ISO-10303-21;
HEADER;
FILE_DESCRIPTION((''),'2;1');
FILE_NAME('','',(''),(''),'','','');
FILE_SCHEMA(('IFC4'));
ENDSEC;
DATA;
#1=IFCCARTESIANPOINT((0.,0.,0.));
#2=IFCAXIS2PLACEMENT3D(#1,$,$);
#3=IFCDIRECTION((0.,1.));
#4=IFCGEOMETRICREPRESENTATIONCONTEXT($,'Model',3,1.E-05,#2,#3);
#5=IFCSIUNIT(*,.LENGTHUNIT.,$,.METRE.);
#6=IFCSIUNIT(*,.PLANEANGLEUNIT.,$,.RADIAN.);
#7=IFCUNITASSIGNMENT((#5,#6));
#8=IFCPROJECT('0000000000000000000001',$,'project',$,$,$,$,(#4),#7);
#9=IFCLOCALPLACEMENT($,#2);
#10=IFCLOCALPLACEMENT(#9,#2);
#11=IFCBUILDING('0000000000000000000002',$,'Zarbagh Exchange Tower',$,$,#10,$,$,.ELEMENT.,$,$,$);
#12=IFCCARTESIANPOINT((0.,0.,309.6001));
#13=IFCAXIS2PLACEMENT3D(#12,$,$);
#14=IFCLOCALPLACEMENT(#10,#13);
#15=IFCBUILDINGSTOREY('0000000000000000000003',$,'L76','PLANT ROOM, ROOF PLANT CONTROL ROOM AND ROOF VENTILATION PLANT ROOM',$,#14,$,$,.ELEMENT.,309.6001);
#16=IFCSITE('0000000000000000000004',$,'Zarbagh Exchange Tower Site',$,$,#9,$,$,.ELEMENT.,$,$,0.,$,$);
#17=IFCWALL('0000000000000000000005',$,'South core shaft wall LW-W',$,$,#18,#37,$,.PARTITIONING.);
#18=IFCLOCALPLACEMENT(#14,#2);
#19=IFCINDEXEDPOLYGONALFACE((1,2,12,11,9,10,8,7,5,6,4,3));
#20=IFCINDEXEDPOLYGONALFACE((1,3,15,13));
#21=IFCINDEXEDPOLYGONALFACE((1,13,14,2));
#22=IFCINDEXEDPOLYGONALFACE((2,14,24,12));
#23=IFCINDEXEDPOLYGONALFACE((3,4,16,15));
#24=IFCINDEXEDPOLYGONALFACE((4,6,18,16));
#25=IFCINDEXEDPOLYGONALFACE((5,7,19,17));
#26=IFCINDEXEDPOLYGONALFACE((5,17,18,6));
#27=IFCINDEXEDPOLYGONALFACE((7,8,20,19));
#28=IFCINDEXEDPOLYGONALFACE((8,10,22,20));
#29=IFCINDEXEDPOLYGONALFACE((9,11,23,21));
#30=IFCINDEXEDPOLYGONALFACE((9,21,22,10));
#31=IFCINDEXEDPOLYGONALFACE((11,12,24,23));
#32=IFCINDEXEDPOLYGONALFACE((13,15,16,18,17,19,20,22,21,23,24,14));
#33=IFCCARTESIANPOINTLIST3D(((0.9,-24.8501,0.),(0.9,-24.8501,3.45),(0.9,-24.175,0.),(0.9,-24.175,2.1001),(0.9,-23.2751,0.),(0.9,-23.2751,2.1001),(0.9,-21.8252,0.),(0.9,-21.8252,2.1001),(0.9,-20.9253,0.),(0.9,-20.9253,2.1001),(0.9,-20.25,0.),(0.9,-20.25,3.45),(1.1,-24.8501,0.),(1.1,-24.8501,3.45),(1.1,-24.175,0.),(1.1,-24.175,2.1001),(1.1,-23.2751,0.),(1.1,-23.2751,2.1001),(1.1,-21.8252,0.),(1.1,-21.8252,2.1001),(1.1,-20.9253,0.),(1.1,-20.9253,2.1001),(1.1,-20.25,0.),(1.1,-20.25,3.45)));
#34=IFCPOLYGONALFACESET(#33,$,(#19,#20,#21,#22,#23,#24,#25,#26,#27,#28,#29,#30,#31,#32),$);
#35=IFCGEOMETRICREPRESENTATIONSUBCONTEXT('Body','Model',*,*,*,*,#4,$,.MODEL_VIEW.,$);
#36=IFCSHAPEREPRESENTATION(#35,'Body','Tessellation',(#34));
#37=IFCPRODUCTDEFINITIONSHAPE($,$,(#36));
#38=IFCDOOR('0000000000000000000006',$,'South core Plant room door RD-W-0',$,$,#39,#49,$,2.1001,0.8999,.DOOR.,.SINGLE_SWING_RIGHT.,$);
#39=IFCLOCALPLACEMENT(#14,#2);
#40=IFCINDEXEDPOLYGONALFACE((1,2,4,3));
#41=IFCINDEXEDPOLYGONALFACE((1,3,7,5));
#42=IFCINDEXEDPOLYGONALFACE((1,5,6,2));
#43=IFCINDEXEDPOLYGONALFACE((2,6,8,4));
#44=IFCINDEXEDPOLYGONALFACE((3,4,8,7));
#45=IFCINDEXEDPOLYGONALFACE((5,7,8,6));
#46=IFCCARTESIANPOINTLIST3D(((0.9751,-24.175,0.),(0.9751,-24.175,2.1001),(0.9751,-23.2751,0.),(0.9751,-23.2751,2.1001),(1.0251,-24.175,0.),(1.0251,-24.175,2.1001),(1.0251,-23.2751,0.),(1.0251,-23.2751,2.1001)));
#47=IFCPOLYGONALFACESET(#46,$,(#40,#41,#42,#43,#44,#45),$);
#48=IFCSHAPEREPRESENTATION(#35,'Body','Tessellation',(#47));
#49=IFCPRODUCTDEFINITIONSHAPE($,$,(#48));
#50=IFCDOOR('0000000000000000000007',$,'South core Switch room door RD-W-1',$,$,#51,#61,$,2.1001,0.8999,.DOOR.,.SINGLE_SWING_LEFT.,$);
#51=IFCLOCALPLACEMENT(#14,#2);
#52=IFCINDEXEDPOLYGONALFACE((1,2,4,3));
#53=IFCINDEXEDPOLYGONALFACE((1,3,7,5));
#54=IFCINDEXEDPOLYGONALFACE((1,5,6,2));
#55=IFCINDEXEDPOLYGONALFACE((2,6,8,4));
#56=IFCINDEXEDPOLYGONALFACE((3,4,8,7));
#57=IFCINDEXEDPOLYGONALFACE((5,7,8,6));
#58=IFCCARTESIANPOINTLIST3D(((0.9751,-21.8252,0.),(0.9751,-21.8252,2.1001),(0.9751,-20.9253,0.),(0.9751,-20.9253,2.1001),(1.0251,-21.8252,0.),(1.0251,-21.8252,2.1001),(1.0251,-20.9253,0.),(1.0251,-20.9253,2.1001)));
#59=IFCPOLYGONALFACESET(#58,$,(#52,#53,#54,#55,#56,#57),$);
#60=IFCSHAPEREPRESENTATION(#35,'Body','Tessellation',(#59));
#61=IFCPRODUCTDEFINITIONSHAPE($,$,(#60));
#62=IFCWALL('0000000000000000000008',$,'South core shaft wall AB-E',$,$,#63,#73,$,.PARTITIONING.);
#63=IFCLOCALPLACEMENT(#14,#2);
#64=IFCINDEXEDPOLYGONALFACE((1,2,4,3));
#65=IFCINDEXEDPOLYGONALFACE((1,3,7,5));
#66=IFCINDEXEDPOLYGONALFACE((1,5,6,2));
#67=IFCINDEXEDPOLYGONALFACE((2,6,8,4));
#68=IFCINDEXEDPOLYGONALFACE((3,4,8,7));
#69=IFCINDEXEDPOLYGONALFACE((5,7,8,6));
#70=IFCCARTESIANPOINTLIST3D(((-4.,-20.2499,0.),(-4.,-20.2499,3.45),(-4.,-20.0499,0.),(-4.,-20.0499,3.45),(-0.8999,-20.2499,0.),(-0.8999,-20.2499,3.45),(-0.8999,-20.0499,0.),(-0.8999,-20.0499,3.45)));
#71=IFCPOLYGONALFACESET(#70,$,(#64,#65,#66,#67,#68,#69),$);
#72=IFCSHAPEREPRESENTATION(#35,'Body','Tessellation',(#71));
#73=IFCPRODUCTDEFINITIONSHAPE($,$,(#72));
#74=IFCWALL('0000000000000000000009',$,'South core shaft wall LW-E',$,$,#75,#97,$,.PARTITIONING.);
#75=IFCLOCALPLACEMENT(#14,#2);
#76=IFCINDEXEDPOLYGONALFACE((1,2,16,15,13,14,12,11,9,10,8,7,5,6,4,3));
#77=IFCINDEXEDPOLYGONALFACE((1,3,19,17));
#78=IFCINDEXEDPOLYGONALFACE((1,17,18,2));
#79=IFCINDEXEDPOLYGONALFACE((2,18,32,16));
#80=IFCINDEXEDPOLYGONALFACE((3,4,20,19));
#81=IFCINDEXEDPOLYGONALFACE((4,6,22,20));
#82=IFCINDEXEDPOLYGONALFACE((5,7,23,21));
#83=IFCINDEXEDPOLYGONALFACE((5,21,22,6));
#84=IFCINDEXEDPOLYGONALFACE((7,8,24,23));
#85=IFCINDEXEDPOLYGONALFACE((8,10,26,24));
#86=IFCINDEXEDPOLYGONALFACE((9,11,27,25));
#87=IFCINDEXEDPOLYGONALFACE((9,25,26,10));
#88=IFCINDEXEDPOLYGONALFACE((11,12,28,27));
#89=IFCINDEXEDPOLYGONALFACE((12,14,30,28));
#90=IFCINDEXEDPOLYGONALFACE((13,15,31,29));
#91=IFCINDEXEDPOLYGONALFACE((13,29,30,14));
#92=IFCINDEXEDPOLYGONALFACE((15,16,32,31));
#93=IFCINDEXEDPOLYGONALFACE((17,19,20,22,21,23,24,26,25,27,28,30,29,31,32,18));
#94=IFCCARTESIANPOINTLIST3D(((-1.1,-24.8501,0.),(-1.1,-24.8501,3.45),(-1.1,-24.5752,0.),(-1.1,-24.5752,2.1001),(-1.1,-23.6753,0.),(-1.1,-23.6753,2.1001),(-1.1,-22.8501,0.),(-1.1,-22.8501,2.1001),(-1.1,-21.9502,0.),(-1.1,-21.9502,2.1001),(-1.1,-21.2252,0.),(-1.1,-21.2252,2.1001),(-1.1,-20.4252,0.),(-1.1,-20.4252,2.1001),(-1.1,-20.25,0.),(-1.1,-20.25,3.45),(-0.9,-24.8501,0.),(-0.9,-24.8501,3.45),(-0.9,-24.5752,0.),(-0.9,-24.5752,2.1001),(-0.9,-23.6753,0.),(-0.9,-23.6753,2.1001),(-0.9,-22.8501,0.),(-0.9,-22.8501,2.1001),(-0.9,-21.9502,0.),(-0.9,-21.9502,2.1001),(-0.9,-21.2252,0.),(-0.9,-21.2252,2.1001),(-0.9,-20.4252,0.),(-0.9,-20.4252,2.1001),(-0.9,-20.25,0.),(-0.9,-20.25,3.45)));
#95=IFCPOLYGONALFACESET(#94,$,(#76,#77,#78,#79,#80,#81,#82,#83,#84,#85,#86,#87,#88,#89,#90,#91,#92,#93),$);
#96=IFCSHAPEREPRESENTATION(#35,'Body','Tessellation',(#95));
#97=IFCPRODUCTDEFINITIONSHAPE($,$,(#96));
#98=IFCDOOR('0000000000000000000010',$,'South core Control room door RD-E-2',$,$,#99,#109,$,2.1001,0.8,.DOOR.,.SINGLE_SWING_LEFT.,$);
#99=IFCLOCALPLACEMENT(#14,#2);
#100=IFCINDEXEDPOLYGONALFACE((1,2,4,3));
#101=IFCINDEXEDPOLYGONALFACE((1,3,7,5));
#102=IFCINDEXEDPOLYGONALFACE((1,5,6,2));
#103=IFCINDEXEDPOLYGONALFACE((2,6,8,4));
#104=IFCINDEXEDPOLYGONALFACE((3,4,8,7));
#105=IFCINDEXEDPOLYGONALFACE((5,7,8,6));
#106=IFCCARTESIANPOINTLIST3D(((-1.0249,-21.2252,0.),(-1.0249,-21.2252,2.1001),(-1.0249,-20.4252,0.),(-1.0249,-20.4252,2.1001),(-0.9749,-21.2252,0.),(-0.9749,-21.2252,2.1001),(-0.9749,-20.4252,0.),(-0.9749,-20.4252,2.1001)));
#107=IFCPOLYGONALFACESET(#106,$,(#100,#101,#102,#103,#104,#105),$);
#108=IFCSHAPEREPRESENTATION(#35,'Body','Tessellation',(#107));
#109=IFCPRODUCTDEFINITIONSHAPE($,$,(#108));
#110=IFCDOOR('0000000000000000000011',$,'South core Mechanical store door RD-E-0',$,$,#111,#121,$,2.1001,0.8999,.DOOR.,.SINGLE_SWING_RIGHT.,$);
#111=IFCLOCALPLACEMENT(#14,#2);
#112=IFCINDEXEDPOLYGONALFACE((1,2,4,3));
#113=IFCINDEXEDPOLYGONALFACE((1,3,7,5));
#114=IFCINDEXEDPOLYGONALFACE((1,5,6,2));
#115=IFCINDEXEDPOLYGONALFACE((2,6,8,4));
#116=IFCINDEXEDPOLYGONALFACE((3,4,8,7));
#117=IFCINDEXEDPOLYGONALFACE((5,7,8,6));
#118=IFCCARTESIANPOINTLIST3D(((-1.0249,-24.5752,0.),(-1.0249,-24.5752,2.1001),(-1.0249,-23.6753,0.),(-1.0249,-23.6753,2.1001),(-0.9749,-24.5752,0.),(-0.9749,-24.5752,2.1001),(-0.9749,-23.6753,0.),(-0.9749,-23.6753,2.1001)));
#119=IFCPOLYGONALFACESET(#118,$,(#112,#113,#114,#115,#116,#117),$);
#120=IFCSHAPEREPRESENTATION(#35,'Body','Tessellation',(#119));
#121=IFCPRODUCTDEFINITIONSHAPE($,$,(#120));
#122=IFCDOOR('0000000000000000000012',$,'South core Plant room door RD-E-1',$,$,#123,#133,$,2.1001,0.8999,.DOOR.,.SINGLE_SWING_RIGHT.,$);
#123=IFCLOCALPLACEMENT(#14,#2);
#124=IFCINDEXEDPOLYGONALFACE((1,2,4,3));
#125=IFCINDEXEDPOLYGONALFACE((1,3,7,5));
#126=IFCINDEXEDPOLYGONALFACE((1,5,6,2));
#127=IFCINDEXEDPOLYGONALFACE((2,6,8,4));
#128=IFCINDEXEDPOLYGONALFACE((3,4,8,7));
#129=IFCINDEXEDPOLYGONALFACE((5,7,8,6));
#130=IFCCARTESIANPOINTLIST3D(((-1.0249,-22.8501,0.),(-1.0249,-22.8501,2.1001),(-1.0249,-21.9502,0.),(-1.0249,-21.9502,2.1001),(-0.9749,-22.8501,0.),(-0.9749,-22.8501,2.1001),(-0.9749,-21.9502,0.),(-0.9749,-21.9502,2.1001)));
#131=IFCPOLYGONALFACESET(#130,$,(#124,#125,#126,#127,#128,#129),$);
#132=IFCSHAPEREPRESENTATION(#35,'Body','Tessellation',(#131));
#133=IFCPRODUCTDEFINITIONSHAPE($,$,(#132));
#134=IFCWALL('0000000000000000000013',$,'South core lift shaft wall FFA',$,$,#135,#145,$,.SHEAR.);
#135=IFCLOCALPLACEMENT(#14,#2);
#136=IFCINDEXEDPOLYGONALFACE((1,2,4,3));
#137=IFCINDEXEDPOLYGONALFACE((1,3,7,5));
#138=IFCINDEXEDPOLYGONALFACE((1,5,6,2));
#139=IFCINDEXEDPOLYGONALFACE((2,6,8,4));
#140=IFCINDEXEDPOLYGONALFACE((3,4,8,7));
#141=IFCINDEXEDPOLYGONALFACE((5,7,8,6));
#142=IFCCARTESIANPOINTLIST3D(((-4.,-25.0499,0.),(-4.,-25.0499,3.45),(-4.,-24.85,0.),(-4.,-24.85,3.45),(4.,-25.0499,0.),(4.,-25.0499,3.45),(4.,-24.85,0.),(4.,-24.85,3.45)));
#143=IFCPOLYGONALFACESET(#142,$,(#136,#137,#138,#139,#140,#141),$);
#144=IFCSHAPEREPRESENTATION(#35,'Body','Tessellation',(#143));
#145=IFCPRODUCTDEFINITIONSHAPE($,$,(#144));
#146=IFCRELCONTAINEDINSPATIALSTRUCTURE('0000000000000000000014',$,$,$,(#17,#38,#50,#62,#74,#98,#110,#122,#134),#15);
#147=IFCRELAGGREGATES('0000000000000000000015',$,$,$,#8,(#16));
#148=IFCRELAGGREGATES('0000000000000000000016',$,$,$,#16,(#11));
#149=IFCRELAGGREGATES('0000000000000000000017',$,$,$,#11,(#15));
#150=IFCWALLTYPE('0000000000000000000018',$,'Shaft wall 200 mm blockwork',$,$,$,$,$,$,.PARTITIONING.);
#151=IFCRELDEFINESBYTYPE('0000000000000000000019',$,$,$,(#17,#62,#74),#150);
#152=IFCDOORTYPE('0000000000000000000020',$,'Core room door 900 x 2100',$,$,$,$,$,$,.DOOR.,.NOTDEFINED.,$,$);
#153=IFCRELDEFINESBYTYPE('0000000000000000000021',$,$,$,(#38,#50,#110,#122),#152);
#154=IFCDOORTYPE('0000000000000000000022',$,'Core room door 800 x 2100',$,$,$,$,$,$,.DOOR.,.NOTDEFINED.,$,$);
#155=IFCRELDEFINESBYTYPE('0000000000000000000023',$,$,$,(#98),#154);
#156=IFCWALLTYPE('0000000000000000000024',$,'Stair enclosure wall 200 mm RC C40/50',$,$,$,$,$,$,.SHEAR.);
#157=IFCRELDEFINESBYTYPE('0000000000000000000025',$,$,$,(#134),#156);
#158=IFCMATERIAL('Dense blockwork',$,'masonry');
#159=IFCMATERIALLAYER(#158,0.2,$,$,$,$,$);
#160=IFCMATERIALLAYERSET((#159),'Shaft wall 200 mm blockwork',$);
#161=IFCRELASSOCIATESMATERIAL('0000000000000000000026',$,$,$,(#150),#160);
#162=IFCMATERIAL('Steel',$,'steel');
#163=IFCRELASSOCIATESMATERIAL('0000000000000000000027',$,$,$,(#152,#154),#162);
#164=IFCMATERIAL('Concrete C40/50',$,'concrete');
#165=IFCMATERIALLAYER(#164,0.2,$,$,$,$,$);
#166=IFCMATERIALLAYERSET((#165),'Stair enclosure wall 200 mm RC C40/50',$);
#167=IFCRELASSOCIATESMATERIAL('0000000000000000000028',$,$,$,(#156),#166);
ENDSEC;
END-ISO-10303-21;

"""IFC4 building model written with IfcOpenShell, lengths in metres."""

from ifc_helpers import new_model, si_unit, direction, frame, frame_2d, origin, place, context, subcontext, project, spatial, rectangle, extrude, material, layer, layer_set, type_object, element, fill, save


model = new_model("IFC4")

# Units and contexts
model_context = context("Model", 3, precision=1e-05, world=origin(), true_north=direction((0.0, 1.0)))
body_context = subcontext(model_context, "Body", "Model", "MODEL_VIEW")
ifc_project = project(units=[si_unit("LENGTHUNIT", "METRE"), si_unit("PLANEANGLEUNIT", "RADIAN")], contexts=[model_context])

# Site, building, storey
site_placement = place(None, origin())
site = spatial("IfcSite", under=ifc_project, at=site_placement, Name="Zarbagh Exchange Tower Site", CompositionType="ELEMENT", RefElevation=0.0)
building_placement = place(site_placement, origin())
building = spatial("IfcBuilding", under=site, at=building_placement, Name="Zarbagh Exchange Tower", CompositionType="ELEMENT")
storey_placement = place(building_placement, frame((0.0, 0.0, 309.6001)))
storey = spatial("IfcBuildingStorey", under=building, at=storey_placement, Name="L76", Description="PLANT ROOM, ROOF PLANT CONTROL ROOM AND ROOF VENTILATION PLANT ROOM", CompositionType="ELEMENT", Elevation=309.6001)

# Shared definitions
ifc_material_1 = material(Name="Concrete C40/50", Category="concrete")

# Shared definitions
ifc_material_2 = material(Name="Dense blockwork", Category="masonry")
ifc_layer_1 = layer(ifc_material_2, 0.2)
ifc_layer_set_1 = layer_set([ifc_layer_1], Name="Shaft wall 200 mm blockwork")
wall_type_1 = type_object("IfcWallType", Name="Shaft wall 200 mm blockwork", PredefinedType="PARTITIONING", material=ifc_layer_set_1)

# Wall, openings, doors
wall_1_placement = place(storey_placement, frame((1.0, -24.8501, 0.0), z_axis=(0.0, 0.0, 1.0), x_axis=(0.0, 1.0, 0.0)))
wall_1 = element("IfcWall", 1, at=wall_1_placement, inside=storey, type_object=wall_type_1, Name="South core shaft wall LW-W", PredefinedType="PARTITIONING", context=body_context, shape_type="SweptSolid", body=[
    extrude(rectangle(XDim=4.6001, YDim=0.2, at=frame_2d((2.3, 0.0))), origin(), (0.0, 0.0, 1.0), 3.45),
])
opening_1_placement = place(wall_1_placement, frame((0.675, 0.0, 0.0)))
opening_1 = element("IfcOpeningElement", 2, at=opening_1_placement, cuts=wall_1, PredefinedType="OPENING", context=body_context, shape_type="SweptSolid", body=[
    extrude(rectangle(XDim=0.8999, YDim=2.1001, at=frame_2d((0.45, 1.05))), frame((0.0, 0.1099, 0.0), z_axis=(0.0, -1.0, 0.0), x_axis=(1.0, 0.0, 0.0)), (0.0, 0.0, 1.0), 0.22),
])
opening_2_placement = place(wall_1_placement, frame((3.0249, 0.0, 0.0)))
opening_2 = element("IfcOpeningElement", 3, at=opening_2_placement, cuts=wall_1, PredefinedType="OPENING", context=body_context, shape_type="SweptSolid", body=[
    extrude(rectangle(XDim=0.8999, YDim=2.1001, at=frame_2d((0.45, 1.05))), frame((0.0, 0.1099, 0.0), z_axis=(0.0, -1.0, 0.0), x_axis=(1.0, 0.0, 0.0)), (0.0, 0.0, 1.0), 0.22),
])
ifc_material_3 = material(Name="Steel", Category="steel")
door_type_1 = type_object("IfcDoorType", Name="Core room door 900 x 2100", OperationType="NOTDEFINED", PredefinedType="DOOR", material=ifc_material_3)
door_1_placement = place(opening_1_placement, origin())
door_1 = element("IfcDoor", 4, at=door_1_placement, inside=storey, type_object=door_type_1, Name="South core Plant room door RD-W-0", OperationType="SINGLE_SWING_RIGHT", OverallHeight=2.1001, OverallWidth=0.8999, PredefinedType="DOOR", context=body_context, shape_type="SweptSolid", body=[
    extrude(rectangle(XDim=0.8999, YDim=2.1001, at=frame_2d((0.45, 1.05))), frame((0.0, 0.0249, 0.0), z_axis=(0.0, -1.0, 0.0), x_axis=(1.0, 0.0, 0.0)), (0.0, 0.0, 1.0), 0.05),
])
fill(opening_1, door_1)
door_2_placement = place(opening_2_placement, origin())
door_2 = element("IfcDoor", 5, at=door_2_placement, inside=storey, type_object=door_type_1, Name="South core Switch room door RD-W-1", OperationType="SINGLE_SWING_LEFT", OverallHeight=2.1001, OverallWidth=0.8999, PredefinedType="DOOR", context=body_context, shape_type="SweptSolid", body=[
    extrude(rectangle(XDim=0.8999, YDim=2.1001, at=frame_2d((0.45, 1.05))), frame((0.0, 0.0249, 0.0), z_axis=(0.0, -1.0, 0.0), x_axis=(1.0, 0.0, 0.0)), (0.0, 0.0, 1.0), 0.05),
])
fill(opening_2, door_2)

# Wall
wall_2_placement = place(storey_placement, frame((-0.8999, -20.1499, 0.0), z_axis=(0.0, 0.0, 1.0), x_axis=(-1.0, 0.0, 0.0)))
element("IfcWall", 6, at=wall_2_placement, inside=storey, type_object=wall_type_1, Name="South core shaft wall AB-E", PredefinedType="PARTITIONING", context=body_context, shape_type="SweptSolid", body=[
    extrude(rectangle(XDim=3.1001, YDim=0.2, at=frame_2d((1.55, 0.0))), origin(), (0.0, 0.0, 1.0), 3.45),
])

# Wall, openings, doors
wall_3_placement = place(storey_placement, frame((-1.0, -24.8501, 0.0), z_axis=(0.0, 0.0, 1.0), x_axis=(0.0, 1.0, 0.0)))
wall_3 = element("IfcWall", 7, at=wall_3_placement, inside=storey, type_object=wall_type_1, Name="South core shaft wall LW-E", PredefinedType="PARTITIONING", context=body_context, shape_type="SweptSolid", body=[
    extrude(rectangle(XDim=4.6001, YDim=0.2, at=frame_2d((2.3, 0.0))), origin(), (0.0, 0.0, 1.0), 3.45),
])
opening_3_placement = place(wall_3_placement, frame((0.2749, 0.0, 0.0)))
opening_3 = element("IfcOpeningElement", 8, at=opening_3_placement, cuts=wall_3, PredefinedType="OPENING", context=body_context, shape_type="SweptSolid", body=[
    extrude(rectangle(XDim=0.8999, YDim=2.1001, at=frame_2d((0.45, 1.05))), frame((0.0, 0.1099, 0.0), z_axis=(0.0, -1.0, 0.0), x_axis=(1.0, 0.0, 0.0)), (0.0, 0.0, 1.0), 0.22),
])
opening_4_placement = place(wall_3_placement, frame((2.0, 0.0, 0.0)))
opening_4 = element("IfcOpeningElement", 9, at=opening_4_placement, cuts=wall_3, PredefinedType="OPENING", context=body_context, shape_type="SweptSolid", body=[
    extrude(rectangle(XDim=0.8999, YDim=2.1001, at=frame_2d((0.45, 1.05))), frame((0.0, 0.1099, 0.0), z_axis=(0.0, -1.0, 0.0), x_axis=(1.0, 0.0, 0.0)), (0.0, 0.0, 1.0), 0.22),
])
opening_5_placement = place(wall_3_placement, frame((3.625, 0.0, 0.0)))
opening_5 = element("IfcOpeningElement", 10, at=opening_5_placement, cuts=wall_3, PredefinedType="OPENING", context=body_context, shape_type="SweptSolid", body=[
    extrude(rectangle(XDim=0.8, YDim=2.1001, at=frame_2d((0.3999, 1.05))), frame((0.0, 0.1099, 0.0), z_axis=(0.0, -1.0, 0.0), x_axis=(1.0, 0.0, 0.0)), (0.0, 0.0, 1.0), 0.22),
])
door_type_2 = type_object("IfcDoorType", Name="Core room door 800 x 2100", OperationType="NOTDEFINED", PredefinedType="DOOR", material=ifc_material_3)
door_3_placement = place(opening_5_placement, origin())
door_3 = element("IfcDoor", 11, at=door_3_placement, inside=storey, type_object=door_type_2, Name="South core Control room door RD-E-2", OperationType="SINGLE_SWING_LEFT", OverallHeight=2.1001, OverallWidth=0.8, PredefinedType="DOOR", context=body_context, shape_type="SweptSolid", body=[
    extrude(rectangle(XDim=0.8, YDim=2.1001, at=frame_2d((0.3999, 1.05))), frame((0.0, 0.0249, 0.0), z_axis=(0.0, -1.0, 0.0), x_axis=(1.0, 0.0, 0.0)), (0.0, 0.0, 1.0), 0.05),
])
fill(opening_5, door_3)
door_4_placement = place(opening_3_placement, origin())
door_4 = element("IfcDoor", 12, at=door_4_placement, inside=storey, type_object=door_type_1, Name="South core Mechanical store door RD-E-0", OperationType="SINGLE_SWING_RIGHT", OverallHeight=2.1001, OverallWidth=0.8999, PredefinedType="DOOR", context=body_context, shape_type="SweptSolid", body=[
    extrude(rectangle(XDim=0.8999, YDim=2.1001, at=frame_2d((0.45, 1.05))), frame((0.0, 0.0249, 0.0), z_axis=(0.0, -1.0, 0.0), x_axis=(1.0, 0.0, 0.0)), (0.0, 0.0, 1.0), 0.05),
])
fill(opening_3, door_4)
door_5_placement = place(opening_4_placement, origin())
door_5 = element("IfcDoor", 13, at=door_5_placement, inside=storey, type_object=door_type_1, Name="South core Plant room door RD-E-1", OperationType="SINGLE_SWING_RIGHT", OverallHeight=2.1001, OverallWidth=0.8999, PredefinedType="DOOR", context=body_context, shape_type="SweptSolid", body=[
    extrude(rectangle(XDim=0.8999, YDim=2.1001, at=frame_2d((0.45, 1.05))), frame((0.0, 0.0249, 0.0), z_axis=(0.0, -1.0, 0.0), x_axis=(1.0, 0.0, 0.0)), (0.0, 0.0, 1.0), 0.05),
])
fill(opening_4, door_5)

# Wall
ifc_layer_2 = layer(ifc_material_1, 0.2)
ifc_layer_set_2 = layer_set([ifc_layer_2], Name="Stair enclosure wall 200 mm RC C40/50")
wall_type_2 = type_object("IfcWallType", Name="Stair enclosure wall 200 mm RC C40/50", PredefinedType="SHEAR", material=ifc_layer_set_2)
wall_4_placement = place(storey_placement, frame((4.0, -24.95, 0.0), z_axis=(0.0, 0.0, 1.0), x_axis=(-1.0, 0.0, 0.0)))
element("IfcWall", 14, at=wall_4_placement, inside=storey, type_object=wall_type_2, Name="South core lift shaft wall FFA", PredefinedType="SHEAR", context=body_context, shape_type="SweptSolid", body=[
    extrude(rectangle(XDim=8.0, YDim=0.2, at=frame_2d((4.0, 0.0))), origin(), (0.0, 0.0, 1.0), 3.45),
])

save(model, "model.ifc")
